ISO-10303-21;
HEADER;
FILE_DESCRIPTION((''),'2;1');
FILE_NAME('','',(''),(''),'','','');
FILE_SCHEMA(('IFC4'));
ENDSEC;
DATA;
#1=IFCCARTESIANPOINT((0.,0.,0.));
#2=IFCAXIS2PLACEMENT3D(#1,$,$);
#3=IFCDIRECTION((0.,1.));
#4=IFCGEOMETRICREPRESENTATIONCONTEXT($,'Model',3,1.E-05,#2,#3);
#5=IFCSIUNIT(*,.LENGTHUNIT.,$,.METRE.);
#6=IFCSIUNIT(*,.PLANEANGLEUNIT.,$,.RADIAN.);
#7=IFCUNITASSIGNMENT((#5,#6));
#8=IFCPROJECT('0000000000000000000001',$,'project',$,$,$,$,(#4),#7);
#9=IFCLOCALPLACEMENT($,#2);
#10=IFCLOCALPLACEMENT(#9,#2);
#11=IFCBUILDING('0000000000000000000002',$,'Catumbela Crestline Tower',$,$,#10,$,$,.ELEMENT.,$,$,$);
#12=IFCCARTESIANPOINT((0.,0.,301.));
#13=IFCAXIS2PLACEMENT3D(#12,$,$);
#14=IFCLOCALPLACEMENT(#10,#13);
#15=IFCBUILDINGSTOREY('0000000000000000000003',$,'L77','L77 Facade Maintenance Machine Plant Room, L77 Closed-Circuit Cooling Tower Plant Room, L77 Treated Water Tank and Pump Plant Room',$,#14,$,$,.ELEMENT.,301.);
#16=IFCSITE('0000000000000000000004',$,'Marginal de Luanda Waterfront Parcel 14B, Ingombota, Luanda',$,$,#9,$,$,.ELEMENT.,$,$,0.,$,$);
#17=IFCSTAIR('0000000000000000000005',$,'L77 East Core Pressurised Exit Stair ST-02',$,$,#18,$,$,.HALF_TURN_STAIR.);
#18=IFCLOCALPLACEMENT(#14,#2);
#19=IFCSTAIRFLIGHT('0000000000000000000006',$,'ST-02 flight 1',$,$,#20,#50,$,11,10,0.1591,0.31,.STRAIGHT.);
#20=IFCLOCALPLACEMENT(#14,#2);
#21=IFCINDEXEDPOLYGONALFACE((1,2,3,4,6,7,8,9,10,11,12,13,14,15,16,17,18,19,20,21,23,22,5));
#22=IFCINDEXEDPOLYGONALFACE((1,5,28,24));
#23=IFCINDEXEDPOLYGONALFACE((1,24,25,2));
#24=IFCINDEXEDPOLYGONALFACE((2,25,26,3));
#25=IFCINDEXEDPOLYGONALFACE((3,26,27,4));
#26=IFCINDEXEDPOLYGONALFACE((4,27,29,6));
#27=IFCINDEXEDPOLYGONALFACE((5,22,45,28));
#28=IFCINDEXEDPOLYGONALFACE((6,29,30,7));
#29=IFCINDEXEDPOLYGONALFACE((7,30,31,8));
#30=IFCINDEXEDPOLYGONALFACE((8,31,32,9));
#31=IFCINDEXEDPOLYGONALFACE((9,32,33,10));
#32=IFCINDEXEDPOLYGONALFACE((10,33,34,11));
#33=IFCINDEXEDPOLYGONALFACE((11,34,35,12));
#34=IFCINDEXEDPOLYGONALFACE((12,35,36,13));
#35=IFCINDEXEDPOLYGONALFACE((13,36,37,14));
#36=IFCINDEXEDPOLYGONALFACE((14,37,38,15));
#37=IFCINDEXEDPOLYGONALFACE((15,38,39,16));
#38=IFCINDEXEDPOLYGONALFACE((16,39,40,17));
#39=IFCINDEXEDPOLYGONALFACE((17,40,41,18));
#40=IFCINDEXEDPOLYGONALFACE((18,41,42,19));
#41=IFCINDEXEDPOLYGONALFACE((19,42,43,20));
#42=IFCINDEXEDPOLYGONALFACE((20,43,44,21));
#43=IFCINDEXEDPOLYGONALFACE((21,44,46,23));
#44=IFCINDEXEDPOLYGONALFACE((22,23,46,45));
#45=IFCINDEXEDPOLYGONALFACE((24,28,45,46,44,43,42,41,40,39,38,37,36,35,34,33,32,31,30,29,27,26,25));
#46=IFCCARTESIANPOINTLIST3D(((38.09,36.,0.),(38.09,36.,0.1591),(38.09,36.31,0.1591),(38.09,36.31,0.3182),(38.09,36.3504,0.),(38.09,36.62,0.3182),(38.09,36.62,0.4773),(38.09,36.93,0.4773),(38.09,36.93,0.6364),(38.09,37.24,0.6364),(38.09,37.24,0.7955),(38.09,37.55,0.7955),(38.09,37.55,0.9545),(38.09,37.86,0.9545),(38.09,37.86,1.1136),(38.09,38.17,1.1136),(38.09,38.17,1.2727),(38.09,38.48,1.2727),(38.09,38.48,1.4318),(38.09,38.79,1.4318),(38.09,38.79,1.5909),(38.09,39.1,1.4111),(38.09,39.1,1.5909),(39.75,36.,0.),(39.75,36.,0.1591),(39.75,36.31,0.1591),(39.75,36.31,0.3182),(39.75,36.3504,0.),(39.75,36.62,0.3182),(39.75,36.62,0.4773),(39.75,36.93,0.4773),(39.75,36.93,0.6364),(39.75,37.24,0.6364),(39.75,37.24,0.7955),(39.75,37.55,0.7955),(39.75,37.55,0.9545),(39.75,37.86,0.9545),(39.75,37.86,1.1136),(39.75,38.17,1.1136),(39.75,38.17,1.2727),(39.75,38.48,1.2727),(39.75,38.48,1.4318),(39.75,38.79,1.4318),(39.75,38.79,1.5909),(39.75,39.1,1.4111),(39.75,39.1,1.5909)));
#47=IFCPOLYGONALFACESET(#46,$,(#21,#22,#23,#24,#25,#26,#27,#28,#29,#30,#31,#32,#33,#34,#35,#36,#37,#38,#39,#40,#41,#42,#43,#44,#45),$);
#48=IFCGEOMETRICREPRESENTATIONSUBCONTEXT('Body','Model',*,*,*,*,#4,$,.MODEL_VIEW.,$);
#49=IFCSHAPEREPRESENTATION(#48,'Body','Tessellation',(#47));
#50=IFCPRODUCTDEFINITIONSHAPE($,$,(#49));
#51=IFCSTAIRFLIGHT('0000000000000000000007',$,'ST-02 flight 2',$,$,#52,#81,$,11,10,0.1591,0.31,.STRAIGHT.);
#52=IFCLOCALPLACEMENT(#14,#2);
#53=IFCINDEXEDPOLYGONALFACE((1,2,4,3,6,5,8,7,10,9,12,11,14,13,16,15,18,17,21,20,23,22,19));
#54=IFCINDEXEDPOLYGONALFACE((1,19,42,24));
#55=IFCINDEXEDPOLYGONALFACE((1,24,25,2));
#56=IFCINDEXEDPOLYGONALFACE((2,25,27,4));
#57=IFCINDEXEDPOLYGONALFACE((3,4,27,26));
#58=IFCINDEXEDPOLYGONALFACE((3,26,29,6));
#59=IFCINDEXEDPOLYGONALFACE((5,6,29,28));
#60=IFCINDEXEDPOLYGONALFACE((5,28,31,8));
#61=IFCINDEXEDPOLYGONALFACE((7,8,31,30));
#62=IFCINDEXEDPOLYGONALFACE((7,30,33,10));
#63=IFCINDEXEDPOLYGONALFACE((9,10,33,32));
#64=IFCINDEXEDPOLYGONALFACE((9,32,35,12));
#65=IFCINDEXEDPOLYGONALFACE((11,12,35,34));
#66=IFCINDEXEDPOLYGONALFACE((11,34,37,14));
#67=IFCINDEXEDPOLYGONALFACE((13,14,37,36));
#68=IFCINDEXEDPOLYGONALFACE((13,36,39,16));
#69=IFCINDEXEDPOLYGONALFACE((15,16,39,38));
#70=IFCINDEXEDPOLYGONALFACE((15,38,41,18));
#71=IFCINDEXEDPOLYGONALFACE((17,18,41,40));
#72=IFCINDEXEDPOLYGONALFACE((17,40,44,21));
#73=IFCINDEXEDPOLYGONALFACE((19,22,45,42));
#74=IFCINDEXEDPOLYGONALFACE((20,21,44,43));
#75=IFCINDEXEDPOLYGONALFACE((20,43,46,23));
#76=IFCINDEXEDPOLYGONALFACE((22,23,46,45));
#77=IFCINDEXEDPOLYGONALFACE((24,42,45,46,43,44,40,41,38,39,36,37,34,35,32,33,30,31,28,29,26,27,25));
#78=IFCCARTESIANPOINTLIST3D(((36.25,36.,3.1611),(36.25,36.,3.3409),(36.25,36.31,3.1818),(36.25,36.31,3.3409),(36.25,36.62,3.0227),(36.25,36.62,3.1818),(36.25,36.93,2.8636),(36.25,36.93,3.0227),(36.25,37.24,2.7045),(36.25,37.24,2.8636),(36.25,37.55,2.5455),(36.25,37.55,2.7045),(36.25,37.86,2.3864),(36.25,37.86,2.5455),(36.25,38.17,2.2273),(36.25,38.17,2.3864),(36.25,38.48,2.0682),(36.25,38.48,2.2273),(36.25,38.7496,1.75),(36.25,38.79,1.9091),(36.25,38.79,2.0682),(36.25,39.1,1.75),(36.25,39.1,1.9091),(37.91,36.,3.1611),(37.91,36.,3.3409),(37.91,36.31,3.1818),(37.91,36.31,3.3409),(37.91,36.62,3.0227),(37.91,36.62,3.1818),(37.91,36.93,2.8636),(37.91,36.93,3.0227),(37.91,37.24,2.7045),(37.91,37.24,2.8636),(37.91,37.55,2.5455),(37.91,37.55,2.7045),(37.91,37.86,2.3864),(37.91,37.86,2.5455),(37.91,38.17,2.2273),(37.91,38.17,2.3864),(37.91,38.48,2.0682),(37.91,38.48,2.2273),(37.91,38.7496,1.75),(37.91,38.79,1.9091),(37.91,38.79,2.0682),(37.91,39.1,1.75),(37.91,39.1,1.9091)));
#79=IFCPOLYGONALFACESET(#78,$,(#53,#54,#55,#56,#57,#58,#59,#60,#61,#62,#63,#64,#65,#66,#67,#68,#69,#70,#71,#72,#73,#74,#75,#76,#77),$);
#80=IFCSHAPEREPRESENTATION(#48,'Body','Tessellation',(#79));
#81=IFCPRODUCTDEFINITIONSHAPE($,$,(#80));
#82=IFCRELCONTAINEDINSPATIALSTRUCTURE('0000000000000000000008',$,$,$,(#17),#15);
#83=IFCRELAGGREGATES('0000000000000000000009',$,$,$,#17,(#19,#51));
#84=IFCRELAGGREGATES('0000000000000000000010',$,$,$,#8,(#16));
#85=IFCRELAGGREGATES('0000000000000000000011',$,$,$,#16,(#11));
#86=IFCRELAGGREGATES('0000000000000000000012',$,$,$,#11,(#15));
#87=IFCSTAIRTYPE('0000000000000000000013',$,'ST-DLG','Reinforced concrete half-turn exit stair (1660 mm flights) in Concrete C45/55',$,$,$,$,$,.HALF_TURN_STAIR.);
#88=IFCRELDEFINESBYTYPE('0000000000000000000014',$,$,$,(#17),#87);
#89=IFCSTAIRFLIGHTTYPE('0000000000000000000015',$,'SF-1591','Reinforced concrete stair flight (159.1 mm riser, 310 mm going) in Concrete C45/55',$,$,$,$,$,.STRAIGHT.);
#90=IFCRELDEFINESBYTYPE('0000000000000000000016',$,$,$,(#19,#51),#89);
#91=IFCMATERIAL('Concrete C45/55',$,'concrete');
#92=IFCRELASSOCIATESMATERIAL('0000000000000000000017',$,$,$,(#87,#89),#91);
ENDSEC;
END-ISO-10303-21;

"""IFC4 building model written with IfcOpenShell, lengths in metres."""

from ifc_helpers import new_model, si_unit, direction, frame, origin, place, context, subcontext, project, spatial, polyline, outline, extrude, material, type_object, element, aggregate, save


model = new_model("IFC4")

# Units and contexts
model_context = context("Model", 3, precision=1e-05, world=origin(), true_north=direction((0.0, 1.0)))
body_context = subcontext(model_context, "Body", "Model", "MODEL_VIEW")
ifc_project = project(units=[si_unit("LENGTHUNIT", "METRE"), si_unit("PLANEANGLEUNIT", "RADIAN")], contexts=[model_context])

# Site, building, storey
site_placement = place(None, origin())
site = spatial("IfcSite", under=ifc_project, at=site_placement, Name="Marginal de Luanda Waterfront Parcel 14B, Ingombota, Luanda", CompositionType="ELEMENT", RefElevation=0.0)
building_placement = place(site_placement, origin())
building = spatial("IfcBuilding", under=site, at=building_placement, Name="Catumbela Crestline Tower", CompositionType="ELEMENT")
storey_placement = place(building_placement, frame((0.0, 0.0, 301.0)))
storey = spatial("IfcBuildingStorey", under=building, at=storey_placement, Name="L77", Description="L77 Facade Maintenance Machine Plant Room, L77 Closed-Circuit Cooling Tower Plant Room, L77 Treated Water Tank and Pump Plant Room", CompositionType="ELEMENT", Elevation=301.0)

# Stair, stair flights
ifc_material_1 = material(Name="Concrete C45/55", Category="concrete")
stair_type = type_object("IfcStairType", Name="ST-DLG", Description="Reinforced concrete half-turn exit stair (1660 mm flights) in Concrete C45/55", PredefinedType="HALF_TURN_STAIR", material=ifc_material_1)
stair_placement = place(storey_placement, origin())
stair = element("IfcStair", 1, at=stair_placement, inside=storey, type_object=stair_type, Name="L77 East Core Pressurised Exit Stair ST-02", PredefinedType="HALF_TURN_STAIR")
stair_flight_type = type_object("IfcStairFlightType", Name="SF-1591", Description="Reinforced concrete stair flight (159.1 mm riser, 310 mm going) in Concrete C45/55", PredefinedType="STRAIGHT", material=ifc_material_1)
stair_flight_1_placement = place(storey_placement, frame((38.92, 36.0, 0.0), z_axis=(0.0, 0.0, 1.0), x_axis=(0.0, 1.0, 0.0)))
stair_flight_1 = element("IfcStairFlight", 2, at=stair_flight_1_placement, type_object=stair_flight_type, Name="ST-02 flight 1", NumberOfRisers=11, NumberOfTreads=10, PredefinedType="STRAIGHT", RiserHeight=0.1591, TreadLength=0.31, context=body_context, shape_type="SweptSolid", body=[
    extrude(outline(polyline([(0.0, 0.0), (0.0, 0.1591), (0.31, 0.1591), (0.31, 0.3182), (0.62, 0.3182), (0.62, 0.4773), (0.93, 0.4773), (0.93, 0.6364), (1.24, 0.6364), (1.24, 0.7955), (1.55, 0.7955), (1.55, 0.9545), (1.86, 0.9545), (1.86, 1.1136), (2.17, 1.1136), (2.17, 1.2727), (2.48, 1.2727), (2.48, 1.4318), (2.79, 1.4318), (2.79, 1.5909), (3.1, 1.5909), (3.1, 1.75), (3.1, 1.4111), (0.3504, 0.0), (0.0, 0.0)])), frame((0.0, 0.83, 0.0), z_axis=(0.0, -1.0, 0.0), x_axis=(1.0, 0.0, 0.0)), (0.0, 0.0, 1.0), 1.66),
])
stair_flight_2_placement = place(storey_placement, frame((37.08, 39.1, 1.75), z_axis=(0.0, 0.0, 1.0), x_axis=(0.0, -1.0, 0.0)))
stair_flight_2 = element("IfcStairFlight", 3, at=stair_flight_2_placement, type_object=stair_flight_type, Name="ST-02 flight 2", NumberOfRisers=11, NumberOfTreads=10, PredefinedType="STRAIGHT", RiserHeight=0.1591, TreadLength=0.31, context=body_context, shape_type="SweptSolid", body=[
    extrude(outline(polyline([(0.0, 0.0), (0.0, 0.1591), (0.31, 0.1591), (0.31, 0.3182), (0.62, 0.3182), (0.62, 0.4773), (0.93, 0.4773), (0.93, 0.6364), (1.24, 0.6364), (1.24, 0.7955), (1.55, 0.7955), (1.55, 0.9545), (1.86, 0.9545), (1.86, 1.1136), (2.17, 1.1136), (2.17, 1.2727), (2.48, 1.2727), (2.48, 1.4318), (2.79, 1.4318), (2.79, 1.5909), (3.1, 1.5909), (3.1, 1.75), (3.1, 1.4111), (0.3504, 0.0), (0.0, 0.0)])), frame((0.0, 0.83, 0.0), z_axis=(0.0, -1.0, 0.0), x_axis=(1.0, 0.0, 0.0)), (0.0, 0.0, 1.0), 1.66),
])
aggregate(stair, [stair_flight_1, stair_flight_2])

save(model, "model.ifc")
